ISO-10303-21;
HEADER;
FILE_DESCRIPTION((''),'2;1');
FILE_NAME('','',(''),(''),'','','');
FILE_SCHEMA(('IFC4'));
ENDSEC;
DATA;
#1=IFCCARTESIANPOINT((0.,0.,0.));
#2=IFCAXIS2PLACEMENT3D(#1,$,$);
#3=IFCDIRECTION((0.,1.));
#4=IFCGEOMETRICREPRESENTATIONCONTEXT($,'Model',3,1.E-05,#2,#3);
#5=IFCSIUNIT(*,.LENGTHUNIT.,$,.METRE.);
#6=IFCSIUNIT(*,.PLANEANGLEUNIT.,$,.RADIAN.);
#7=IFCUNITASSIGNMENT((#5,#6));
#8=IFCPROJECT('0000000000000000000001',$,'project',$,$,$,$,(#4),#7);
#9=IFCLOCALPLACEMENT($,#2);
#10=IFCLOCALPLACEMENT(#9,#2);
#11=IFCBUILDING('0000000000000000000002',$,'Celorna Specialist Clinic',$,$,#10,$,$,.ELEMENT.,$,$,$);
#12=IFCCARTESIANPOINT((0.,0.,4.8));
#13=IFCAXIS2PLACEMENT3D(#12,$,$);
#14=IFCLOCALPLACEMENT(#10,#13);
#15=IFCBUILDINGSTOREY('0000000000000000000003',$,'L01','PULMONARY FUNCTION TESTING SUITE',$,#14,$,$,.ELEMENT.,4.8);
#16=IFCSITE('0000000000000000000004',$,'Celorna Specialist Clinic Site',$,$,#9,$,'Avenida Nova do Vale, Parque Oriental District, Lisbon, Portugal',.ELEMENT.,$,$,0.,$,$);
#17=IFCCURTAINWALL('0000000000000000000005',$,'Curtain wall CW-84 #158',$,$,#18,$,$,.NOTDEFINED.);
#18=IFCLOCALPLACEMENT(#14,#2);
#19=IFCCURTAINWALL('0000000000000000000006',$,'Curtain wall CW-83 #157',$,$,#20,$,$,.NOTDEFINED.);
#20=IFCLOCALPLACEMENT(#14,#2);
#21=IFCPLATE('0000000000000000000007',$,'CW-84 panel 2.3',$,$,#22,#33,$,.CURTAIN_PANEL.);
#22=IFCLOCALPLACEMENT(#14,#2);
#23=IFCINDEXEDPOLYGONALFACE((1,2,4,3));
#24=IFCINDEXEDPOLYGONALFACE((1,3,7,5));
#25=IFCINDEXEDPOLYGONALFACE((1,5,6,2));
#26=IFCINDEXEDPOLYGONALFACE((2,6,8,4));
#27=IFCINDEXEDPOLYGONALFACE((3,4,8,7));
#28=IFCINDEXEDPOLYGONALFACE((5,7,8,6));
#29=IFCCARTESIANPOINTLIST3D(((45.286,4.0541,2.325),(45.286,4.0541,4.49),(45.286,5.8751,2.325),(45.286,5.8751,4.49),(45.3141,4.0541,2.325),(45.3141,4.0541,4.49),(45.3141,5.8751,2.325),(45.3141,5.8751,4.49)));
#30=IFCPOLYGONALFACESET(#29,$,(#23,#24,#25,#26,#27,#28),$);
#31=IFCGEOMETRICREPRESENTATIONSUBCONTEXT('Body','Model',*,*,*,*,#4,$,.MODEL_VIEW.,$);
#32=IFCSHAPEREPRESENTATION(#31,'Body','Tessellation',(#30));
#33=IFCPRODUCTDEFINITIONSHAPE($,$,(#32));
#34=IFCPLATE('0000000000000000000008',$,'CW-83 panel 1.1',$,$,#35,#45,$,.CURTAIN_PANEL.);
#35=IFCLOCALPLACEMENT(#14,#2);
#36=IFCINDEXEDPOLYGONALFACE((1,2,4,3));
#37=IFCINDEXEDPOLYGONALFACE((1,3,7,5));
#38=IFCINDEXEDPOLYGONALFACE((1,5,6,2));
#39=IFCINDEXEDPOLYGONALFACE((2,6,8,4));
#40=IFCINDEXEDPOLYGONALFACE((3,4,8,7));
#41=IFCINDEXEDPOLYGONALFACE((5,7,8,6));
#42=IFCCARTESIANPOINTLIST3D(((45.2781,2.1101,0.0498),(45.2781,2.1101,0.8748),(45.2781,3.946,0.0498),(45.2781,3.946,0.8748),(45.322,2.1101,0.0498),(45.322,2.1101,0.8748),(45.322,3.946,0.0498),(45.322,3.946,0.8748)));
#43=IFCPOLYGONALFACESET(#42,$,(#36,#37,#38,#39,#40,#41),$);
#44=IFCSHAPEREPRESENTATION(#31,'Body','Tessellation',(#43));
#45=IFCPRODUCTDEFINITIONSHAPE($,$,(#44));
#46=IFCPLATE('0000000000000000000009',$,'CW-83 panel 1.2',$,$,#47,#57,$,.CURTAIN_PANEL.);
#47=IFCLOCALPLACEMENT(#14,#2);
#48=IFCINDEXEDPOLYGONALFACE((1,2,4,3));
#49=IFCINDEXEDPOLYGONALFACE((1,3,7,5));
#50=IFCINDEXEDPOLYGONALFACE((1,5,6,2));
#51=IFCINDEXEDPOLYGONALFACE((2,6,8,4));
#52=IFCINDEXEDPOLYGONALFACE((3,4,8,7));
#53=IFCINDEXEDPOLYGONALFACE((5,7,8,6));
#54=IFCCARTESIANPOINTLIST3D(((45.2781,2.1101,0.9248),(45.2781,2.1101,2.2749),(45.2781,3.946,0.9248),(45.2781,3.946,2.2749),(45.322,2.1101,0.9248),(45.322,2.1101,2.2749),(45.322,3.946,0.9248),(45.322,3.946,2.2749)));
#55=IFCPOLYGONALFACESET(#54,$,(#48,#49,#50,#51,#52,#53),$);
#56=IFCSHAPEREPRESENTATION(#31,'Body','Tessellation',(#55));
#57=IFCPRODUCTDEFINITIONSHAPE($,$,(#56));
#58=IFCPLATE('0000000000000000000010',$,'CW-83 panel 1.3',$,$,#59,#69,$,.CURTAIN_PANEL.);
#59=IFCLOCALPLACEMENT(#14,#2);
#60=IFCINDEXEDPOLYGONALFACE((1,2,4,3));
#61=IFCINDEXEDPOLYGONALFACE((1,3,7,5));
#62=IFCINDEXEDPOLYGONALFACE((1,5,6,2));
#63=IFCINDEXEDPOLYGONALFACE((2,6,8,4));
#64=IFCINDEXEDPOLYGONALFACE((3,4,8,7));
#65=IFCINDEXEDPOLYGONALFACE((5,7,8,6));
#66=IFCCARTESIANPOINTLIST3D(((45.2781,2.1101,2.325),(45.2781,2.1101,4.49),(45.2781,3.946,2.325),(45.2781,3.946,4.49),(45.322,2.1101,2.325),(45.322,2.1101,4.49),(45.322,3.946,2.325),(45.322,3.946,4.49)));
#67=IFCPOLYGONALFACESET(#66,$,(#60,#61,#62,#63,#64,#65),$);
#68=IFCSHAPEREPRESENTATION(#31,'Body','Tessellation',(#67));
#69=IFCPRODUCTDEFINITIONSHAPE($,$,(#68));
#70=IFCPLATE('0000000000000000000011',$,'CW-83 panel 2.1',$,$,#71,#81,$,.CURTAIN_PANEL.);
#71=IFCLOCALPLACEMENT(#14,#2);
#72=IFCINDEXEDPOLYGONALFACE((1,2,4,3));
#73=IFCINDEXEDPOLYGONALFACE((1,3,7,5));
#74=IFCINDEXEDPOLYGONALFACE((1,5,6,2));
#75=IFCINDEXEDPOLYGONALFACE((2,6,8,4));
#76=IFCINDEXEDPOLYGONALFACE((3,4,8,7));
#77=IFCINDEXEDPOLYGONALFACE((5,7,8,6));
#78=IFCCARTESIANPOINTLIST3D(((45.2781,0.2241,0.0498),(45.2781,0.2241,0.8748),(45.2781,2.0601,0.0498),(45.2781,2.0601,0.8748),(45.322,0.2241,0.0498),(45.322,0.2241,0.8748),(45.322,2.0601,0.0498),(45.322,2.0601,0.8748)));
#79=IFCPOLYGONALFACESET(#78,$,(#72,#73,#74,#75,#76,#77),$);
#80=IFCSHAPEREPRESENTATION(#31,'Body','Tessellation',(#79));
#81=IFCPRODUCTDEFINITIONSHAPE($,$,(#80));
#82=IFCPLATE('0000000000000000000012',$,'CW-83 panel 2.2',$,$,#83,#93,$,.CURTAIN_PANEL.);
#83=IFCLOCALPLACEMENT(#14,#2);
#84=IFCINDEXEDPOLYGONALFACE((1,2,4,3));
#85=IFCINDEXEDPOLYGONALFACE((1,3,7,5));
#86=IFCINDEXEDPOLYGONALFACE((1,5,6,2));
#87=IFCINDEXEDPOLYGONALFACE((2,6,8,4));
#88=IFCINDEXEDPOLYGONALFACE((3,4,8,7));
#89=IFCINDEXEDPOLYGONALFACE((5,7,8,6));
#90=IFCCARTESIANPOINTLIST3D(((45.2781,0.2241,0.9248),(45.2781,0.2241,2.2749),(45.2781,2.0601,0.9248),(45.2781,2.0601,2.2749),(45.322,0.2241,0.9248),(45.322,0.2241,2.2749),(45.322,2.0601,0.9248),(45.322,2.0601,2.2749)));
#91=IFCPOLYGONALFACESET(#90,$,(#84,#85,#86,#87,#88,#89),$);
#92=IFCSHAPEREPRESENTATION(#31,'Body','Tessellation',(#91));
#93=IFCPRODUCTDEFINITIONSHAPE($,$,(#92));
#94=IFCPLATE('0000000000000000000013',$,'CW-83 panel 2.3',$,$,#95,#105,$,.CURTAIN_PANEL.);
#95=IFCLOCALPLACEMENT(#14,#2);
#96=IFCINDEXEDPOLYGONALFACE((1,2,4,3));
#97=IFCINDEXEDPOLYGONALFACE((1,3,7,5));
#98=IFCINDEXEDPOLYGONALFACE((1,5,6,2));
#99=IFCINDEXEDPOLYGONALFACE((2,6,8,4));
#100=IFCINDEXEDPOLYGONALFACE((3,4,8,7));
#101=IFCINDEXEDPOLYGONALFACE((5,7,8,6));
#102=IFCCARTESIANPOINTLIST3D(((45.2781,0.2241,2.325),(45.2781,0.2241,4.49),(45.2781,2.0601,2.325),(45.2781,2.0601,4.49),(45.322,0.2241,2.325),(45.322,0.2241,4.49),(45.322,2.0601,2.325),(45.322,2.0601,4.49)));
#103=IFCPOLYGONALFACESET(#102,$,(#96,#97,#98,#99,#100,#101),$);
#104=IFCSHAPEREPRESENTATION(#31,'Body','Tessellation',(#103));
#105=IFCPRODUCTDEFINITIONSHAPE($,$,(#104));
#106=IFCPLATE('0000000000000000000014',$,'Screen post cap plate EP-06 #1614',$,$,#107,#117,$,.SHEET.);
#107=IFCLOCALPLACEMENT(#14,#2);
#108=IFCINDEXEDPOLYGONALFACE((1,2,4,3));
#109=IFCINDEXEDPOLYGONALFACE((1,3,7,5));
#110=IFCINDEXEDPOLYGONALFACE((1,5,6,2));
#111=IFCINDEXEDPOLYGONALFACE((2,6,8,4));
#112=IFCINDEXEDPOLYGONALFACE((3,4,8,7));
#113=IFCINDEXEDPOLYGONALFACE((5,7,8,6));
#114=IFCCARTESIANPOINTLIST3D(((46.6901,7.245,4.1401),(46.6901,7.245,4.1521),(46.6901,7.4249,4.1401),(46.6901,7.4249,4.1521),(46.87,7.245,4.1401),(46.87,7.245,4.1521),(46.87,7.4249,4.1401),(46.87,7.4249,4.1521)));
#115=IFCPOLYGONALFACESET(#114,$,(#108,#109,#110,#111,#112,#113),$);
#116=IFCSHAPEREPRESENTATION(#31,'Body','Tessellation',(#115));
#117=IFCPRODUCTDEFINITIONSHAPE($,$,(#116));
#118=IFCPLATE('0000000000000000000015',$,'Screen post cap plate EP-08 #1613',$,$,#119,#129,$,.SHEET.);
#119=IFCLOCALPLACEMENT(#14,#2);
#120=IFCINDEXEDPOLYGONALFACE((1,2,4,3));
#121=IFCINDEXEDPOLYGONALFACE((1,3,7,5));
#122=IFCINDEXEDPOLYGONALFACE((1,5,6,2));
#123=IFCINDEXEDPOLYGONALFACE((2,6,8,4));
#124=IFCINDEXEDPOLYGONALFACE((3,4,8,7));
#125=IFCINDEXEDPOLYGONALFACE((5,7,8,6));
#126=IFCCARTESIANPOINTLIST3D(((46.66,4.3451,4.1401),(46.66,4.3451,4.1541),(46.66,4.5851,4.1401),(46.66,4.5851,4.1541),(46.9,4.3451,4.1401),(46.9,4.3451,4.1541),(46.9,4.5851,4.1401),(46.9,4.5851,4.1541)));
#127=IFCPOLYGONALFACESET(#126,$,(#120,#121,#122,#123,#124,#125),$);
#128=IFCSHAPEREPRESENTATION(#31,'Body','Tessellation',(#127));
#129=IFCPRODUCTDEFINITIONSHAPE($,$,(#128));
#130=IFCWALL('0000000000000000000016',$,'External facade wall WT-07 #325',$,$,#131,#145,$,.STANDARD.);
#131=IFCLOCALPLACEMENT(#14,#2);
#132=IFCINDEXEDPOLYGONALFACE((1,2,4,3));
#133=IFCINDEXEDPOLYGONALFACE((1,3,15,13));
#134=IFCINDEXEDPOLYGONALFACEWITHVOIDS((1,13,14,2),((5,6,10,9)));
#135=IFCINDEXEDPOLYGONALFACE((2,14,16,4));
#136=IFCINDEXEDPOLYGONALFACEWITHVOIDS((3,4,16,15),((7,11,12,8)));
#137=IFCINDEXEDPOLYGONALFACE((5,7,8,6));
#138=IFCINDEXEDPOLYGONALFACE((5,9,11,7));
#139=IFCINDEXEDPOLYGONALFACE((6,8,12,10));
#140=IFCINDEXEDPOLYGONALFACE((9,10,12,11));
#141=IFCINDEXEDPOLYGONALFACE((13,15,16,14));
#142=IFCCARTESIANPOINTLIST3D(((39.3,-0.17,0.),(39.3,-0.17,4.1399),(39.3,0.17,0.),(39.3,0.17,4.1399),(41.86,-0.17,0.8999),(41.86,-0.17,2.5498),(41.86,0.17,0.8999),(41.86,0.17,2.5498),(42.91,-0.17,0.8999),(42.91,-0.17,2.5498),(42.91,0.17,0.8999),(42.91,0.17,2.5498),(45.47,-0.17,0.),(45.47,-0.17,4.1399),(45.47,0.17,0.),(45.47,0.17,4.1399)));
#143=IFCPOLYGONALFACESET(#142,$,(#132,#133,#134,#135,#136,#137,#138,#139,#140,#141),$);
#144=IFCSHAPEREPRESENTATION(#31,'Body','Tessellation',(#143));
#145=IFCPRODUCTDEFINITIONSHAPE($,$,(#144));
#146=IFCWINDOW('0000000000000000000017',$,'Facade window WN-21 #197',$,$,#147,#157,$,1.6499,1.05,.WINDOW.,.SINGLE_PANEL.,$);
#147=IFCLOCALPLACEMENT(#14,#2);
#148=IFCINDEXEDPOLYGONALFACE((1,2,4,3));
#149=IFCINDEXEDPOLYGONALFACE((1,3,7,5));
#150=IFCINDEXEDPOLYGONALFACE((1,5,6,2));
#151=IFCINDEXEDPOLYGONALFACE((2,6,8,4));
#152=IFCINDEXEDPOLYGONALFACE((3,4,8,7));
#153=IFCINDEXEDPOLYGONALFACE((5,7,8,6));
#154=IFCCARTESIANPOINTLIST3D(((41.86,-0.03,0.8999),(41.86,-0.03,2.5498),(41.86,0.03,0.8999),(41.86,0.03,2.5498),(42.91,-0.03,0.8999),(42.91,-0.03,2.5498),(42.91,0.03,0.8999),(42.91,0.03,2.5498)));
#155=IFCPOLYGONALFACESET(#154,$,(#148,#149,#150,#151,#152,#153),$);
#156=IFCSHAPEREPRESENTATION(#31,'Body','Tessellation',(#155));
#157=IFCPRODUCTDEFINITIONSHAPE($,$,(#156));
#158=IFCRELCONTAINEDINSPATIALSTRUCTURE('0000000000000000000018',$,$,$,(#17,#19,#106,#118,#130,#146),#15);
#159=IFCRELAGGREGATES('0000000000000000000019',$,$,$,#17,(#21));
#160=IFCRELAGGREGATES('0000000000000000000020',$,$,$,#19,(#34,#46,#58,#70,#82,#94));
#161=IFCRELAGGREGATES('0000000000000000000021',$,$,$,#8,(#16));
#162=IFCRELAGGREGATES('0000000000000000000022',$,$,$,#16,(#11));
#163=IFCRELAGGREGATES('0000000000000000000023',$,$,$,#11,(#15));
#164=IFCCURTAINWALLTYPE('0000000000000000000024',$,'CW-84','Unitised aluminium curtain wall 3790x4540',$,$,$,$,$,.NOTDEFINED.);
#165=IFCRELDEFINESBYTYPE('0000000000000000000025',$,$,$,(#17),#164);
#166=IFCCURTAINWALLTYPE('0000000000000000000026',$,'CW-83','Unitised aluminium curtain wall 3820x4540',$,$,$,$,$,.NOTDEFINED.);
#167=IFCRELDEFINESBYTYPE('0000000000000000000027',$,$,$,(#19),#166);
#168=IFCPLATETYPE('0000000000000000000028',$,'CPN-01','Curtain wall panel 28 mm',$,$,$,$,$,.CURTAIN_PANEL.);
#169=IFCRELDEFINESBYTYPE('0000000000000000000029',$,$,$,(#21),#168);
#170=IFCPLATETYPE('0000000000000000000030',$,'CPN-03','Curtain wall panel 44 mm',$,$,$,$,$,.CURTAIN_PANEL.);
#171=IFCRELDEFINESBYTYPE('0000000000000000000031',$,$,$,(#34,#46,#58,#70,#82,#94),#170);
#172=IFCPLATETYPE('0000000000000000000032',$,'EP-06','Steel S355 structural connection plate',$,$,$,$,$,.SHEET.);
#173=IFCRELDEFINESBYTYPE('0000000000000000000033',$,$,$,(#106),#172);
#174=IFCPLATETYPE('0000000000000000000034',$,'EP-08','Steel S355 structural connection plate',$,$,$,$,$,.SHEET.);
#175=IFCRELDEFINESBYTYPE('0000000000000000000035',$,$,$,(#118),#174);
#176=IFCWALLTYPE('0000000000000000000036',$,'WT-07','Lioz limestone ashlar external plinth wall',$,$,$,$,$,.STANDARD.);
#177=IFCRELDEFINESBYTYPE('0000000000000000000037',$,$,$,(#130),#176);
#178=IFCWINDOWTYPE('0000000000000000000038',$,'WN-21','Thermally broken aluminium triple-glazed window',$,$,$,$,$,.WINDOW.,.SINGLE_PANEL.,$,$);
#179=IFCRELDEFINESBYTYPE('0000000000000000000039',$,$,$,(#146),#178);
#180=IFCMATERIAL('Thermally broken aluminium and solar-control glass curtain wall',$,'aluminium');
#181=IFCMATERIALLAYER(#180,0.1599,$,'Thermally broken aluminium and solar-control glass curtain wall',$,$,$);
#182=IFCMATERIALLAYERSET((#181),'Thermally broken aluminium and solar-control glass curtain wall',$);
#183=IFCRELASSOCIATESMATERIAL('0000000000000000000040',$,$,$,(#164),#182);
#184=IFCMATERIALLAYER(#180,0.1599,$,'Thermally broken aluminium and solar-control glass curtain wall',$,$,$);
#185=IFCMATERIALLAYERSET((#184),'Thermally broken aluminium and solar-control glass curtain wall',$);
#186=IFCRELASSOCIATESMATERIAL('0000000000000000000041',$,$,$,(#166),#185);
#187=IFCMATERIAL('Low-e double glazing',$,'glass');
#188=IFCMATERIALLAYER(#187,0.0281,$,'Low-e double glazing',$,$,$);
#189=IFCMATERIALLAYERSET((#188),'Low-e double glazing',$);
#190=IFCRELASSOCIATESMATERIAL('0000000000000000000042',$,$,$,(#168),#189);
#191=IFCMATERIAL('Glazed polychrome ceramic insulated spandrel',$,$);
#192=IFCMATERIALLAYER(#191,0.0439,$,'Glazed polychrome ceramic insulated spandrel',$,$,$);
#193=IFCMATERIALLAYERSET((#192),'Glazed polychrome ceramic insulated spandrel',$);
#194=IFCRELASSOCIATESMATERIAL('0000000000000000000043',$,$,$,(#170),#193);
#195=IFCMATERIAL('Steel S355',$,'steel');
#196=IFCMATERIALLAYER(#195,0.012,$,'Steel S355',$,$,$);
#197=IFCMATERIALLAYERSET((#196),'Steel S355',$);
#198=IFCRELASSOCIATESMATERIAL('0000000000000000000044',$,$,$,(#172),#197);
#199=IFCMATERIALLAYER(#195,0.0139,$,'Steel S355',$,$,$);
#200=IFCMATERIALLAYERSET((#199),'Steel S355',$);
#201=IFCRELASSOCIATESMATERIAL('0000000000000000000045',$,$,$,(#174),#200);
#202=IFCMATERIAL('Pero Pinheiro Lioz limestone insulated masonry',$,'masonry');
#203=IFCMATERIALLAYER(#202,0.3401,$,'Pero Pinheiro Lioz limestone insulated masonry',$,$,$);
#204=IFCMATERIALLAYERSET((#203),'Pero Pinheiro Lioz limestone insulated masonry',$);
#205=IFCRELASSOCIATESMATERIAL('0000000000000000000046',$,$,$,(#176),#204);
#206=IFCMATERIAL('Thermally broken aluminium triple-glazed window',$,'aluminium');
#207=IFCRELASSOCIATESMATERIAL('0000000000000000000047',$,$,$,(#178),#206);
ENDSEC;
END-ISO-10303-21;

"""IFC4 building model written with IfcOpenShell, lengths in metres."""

from ifc_helpers import new_model, si_unit, direction, frame, frame_2d, origin, origin_2d, place, context, subcontext, project, spatial, rectangle, extrude, material, layer, layer_set, type_object, element, fill, aggregate, save


model = new_model("IFC4")

# Units and contexts
model_context = context("Model", 3, precision=1e-05, world=origin(), true_north=direction((0.0, 1.0)))
body_context = subcontext(model_context, "Body", "Model", "MODEL_VIEW")
ifc_project = project(units=[si_unit("LENGTHUNIT", "METRE"), si_unit("PLANEANGLEUNIT", "RADIAN")], contexts=[model_context])

# Site, building, storey
site_placement = place(None, origin())
site = spatial("IfcSite", under=ifc_project, at=site_placement, Name="Celorna Specialist Clinic Site", LongName="Avenida Nova do Vale, Parque Oriental District, Lisbon, Portugal", CompositionType="ELEMENT", RefElevation=0.0)
building_placement = place(site_placement, origin())
building = spatial("IfcBuilding", under=site, at=building_placement, Name="Celorna Specialist Clinic", CompositionType="ELEMENT")
storey_placement = place(building_placement, frame((0.0, 0.0, 4.8)))
storey = spatial("IfcBuildingStorey", under=building, at=storey_placement, Name="L01", Description="PULMONARY FUNCTION TESTING SUITE", CompositionType="ELEMENT", Elevation=4.8)

# Shared definitions
ifc_material_1 = material(Name="Steel S355", Category="steel")

# Curtain walls
ifc_material_2 = material(Name="Thermally broken aluminium and solar-control glass curtain wall", Category="aluminium")
ifc_layer_1 = layer(ifc_material_2, 0.1599, Name="Thermally broken aluminium and solar-control glass curtain wall")
ifc_layer_set_1 = layer_set([ifc_layer_1], Name="Thermally broken aluminium and solar-control glass curtain wall")
curtain_wall_type_1 = type_object("IfcCurtainWallType", Name="CW-84", Description="Unitised aluminium curtain wall 3790x4540", PredefinedType="NOTDEFINED", material=ifc_layer_set_1)
curtain_wall_1_placement = place(storey_placement, origin())
curtain_wall_1 = element("IfcCurtainWall", 1, at=curtain_wall_1_placement, inside=storey, type_object=curtain_wall_type_1, Name="Curtain wall CW-84 #158", PredefinedType="NOTDEFINED")
ifc_layer_2 = layer(ifc_material_2, 0.1599, Name="Thermally broken aluminium and solar-control glass curtain wall")
ifc_layer_set_2 = layer_set([ifc_layer_2], Name="Thermally broken aluminium and solar-control glass curtain wall")
curtain_wall_type_2 = type_object("IfcCurtainWallType", Name="CW-83", Description="Unitised aluminium curtain wall 3820x4540", PredefinedType="NOTDEFINED", material=ifc_layer_set_2)
curtain_wall_2_placement = place(storey_placement, origin())
curtain_wall_2 = element("IfcCurtainWall", 2, at=curtain_wall_2_placement, inside=storey, type_object=curtain_wall_type_2, Name="Curtain wall CW-83 #157", PredefinedType="NOTDEFINED")

# Plates
ifc_material_3 = material(Name="Low-e double glazing", Category="glass")
ifc_layer_3 = layer(ifc_material_3, 0.0281, Name="Low-e double glazing")
ifc_layer_set_3 = layer_set([ifc_layer_3], Name="Low-e double glazing")
plate_type_1 = type_object("IfcPlateType", Name="CPN-01", Description="Curtain wall panel 28 mm", PredefinedType="CURTAIN_PANEL", material=ifc_layer_set_3)
plate_1_placement = place(storey_placement, frame((45.3, 4.9646, 2.325), z_axis=(0.0, 0.0, 1.0), x_axis=(0.0, -1.0, 0.0)))
plate_1 = element("IfcPlate", 3, at=plate_1_placement, type_object=plate_type_1, Name="CW-84 panel 2.3", PredefinedType="CURTAIN_PANEL", context=body_context, shape_type="SweptSolid", body=[
    extrude(rectangle(XDim=1.821, YDim=0.0281, at=origin_2d()), origin(), (0.0, 0.0, 1.0), 2.165),
])
aggregate(curtain_wall_1, [plate_1])
ifc_material_4 = material(Name="Glazed polychrome ceramic insulated spandrel")
ifc_layer_4 = layer(ifc_material_4, 0.0439, Name="Glazed polychrome ceramic insulated spandrel")
ifc_layer_set_4 = layer_set([ifc_layer_4], Name="Glazed polychrome ceramic insulated spandrel")
plate_type_2 = type_object("IfcPlateType", Name="CPN-03", Description="Curtain wall panel 44 mm", PredefinedType="CURTAIN_PANEL", material=ifc_layer_set_4)
plate_2_placement = place(storey_placement, frame((45.3, 3.0281, 0.0498), z_axis=(0.0, 0.0, 1.0), x_axis=(0.0, -1.0, 0.0)))
plate_2 = element("IfcPlate", 4, at=plate_2_placement, type_object=plate_type_2, Name="CW-83 panel 1.1", PredefinedType="CURTAIN_PANEL", context=body_context, shape_type="SweptSolid", body=[
    extrude(rectangle(XDim=1.8359, YDim=0.0439, at=origin_2d()), origin(), (0.0, 0.0, 1.0), 0.825),
])
plate_3_placement = place(storey_placement, frame((45.3, 3.0281, 0.9248), z_axis=(0.0, 0.0, 1.0), x_axis=(0.0, -1.0, 0.0)))
plate_3 = element("IfcPlate", 5, at=plate_3_placement, type_object=plate_type_2, Name="CW-83 panel 1.2", PredefinedType="CURTAIN_PANEL", context=body_context, shape_type="SweptSolid", body=[
    extrude(rectangle(XDim=1.8359, YDim=0.0439, at=origin_2d()), origin(), (0.0, 0.0, 1.0), 1.3501),
])
plate_4_placement = place(storey_placement, frame((45.3, 3.0281, 2.325), z_axis=(0.0, 0.0, 1.0), x_axis=(0.0, -1.0, 0.0)))
plate_4 = element("IfcPlate", 6, at=plate_4_placement, type_object=plate_type_2, Name="CW-83 panel 1.3", PredefinedType="CURTAIN_PANEL", context=body_context, shape_type="SweptSolid", body=[
    extrude(rectangle(XDim=1.8359, YDim=0.0439, at=origin_2d()), origin(), (0.0, 0.0, 1.0), 2.165),
])
plate_5_placement = place(storey_placement, frame((45.3, 1.1421, 0.0498), z_axis=(0.0, 0.0, 1.0), x_axis=(0.0, -1.0, 0.0)))
plate_5 = element("IfcPlate", 7, at=plate_5_placement, type_object=plate_type_2, Name="CW-83 panel 2.1", PredefinedType="CURTAIN_PANEL", context=body_context, shape_type="SweptSolid", body=[
    extrude(rectangle(XDim=1.8359, YDim=0.0439, at=origin_2d()), origin(), (0.0, 0.0, 1.0), 0.825),
])
plate_6_placement = place(storey_placement, frame((45.3, 1.1421, 0.9248), z_axis=(0.0, 0.0, 1.0), x_axis=(0.0, -1.0, 0.0)))
plate_6 = element("IfcPlate", 8, at=plate_6_placement, type_object=plate_type_2, Name="CW-83 panel 2.2", PredefinedType="CURTAIN_PANEL", context=body_context, shape_type="SweptSolid", body=[
    extrude(rectangle(XDim=1.8359, YDim=0.0439, at=origin_2d()), origin(), (0.0, 0.0, 1.0), 1.3501),
])
plate_7_placement = place(storey_placement, frame((45.3, 1.1421, 2.325), z_axis=(0.0, 0.0, 1.0), x_axis=(0.0, -1.0, 0.0)))
plate_7 = element("IfcPlate", 9, at=plate_7_placement, type_object=plate_type_2, Name="CW-83 panel 2.3", PredefinedType="CURTAIN_PANEL", context=body_context, shape_type="SweptSolid", body=[
    extrude(rectangle(XDim=1.8359, YDim=0.0439, at=origin_2d()), origin(), (0.0, 0.0, 1.0), 2.165),
])
aggregate(curtain_wall_2, [plate_2, plate_3, plate_4, plate_5, plate_6, plate_7])

# Plates
ifc_layer_5 = layer(ifc_material_1, 0.012, Name="Steel S355")
ifc_layer_set_5 = layer_set([ifc_layer_5], Name="Steel S355")
plate_type_3 = type_object("IfcPlateType", Name="EP-06", Description="Steel S355 structural connection plate", PredefinedType="SHEET", material=ifc_layer_set_5)
plate_8_placement = place(storey_placement, frame((46.78, 7.335, 4.1401), z_axis=(0.0, 0.0, 1.0), x_axis=(0.0, 1.0, 0.0)))
element("IfcPlate", 10, at=plate_8_placement, inside=storey, type_object=plate_type_3, Name="Screen post cap plate EP-06 #1614", PredefinedType="SHEET", context=body_context, shape_type="SweptSolid", body=[
    extrude(rectangle(XDim=0.1799, YDim=0.1799, at=origin_2d()), origin(), (0.0, 0.0, 1.0), 0.012),
])
ifc_layer_6 = layer(ifc_material_1, 0.0139, Name="Steel S355")
ifc_layer_set_6 = layer_set([ifc_layer_6], Name="Steel S355")
plate_type_4 = type_object("IfcPlateType", Name="EP-08", Description="Steel S355 structural connection plate", PredefinedType="SHEET", material=ifc_layer_set_6)
plate_9_placement = place(storey_placement, frame((46.78, 4.4651, 4.1401), z_axis=(0.0, 0.0, 1.0), x_axis=(0.0, 1.0, 0.0)))
element("IfcPlate", 11, at=plate_9_placement, inside=storey, type_object=plate_type_4, Name="Screen post cap plate EP-08 #1613", PredefinedType="SHEET", context=body_context, shape_type="SweptSolid", body=[
    extrude(rectangle(XDim=0.24, YDim=0.24, at=origin_2d()), origin(), (0.0, 0.0, 1.0), 0.0139),
])

# Wall, opening, window
ifc_material_5 = material(Name="Pero Pinheiro Lioz limestone insulated masonry", Category="masonry")
ifc_layer_7 = layer(ifc_material_5, 0.3401, Name="Pero Pinheiro Lioz limestone insulated masonry")
ifc_layer_set_7 = layer_set([ifc_layer_7], Name="Pero Pinheiro Lioz limestone insulated masonry")
wall_type = type_object("IfcWallType", Name="WT-07", Description="Lioz limestone ashlar external plinth wall", PredefinedType="STANDARD", material=ifc_layer_set_7)
wall_placement = place(storey_placement, frame((45.47, 0.0, 0.0), z_axis=(0.0, 0.0, 1.0), x_axis=(-1.0, 0.0, 0.0)))
wall = element("IfcWall", 12, at=wall_placement, inside=storey, type_object=wall_type, Name="External facade wall WT-07 #325", PredefinedType="STANDARD", context=body_context, shape_type="SweptSolid", body=[
    extrude(rectangle(XDim=6.1699, YDim=0.3401, at=frame_2d((3.085, 0.0))), origin(), (0.0, 0.0, 1.0), 4.1399),
])
opening_placement = place(wall_placement, frame((2.5601, 0.0, 0.8999)))
opening = element("IfcOpeningElement", 13, at=opening_placement, cuts=wall, PredefinedType="OPENING", context=body_context, shape_type="SweptSolid", body=[
    extrude(rectangle(XDim=1.05, YDim=1.6499, at=frame_2d((0.5249, 0.825))), frame((0.0, 0.1799, 0.0), z_axis=(0.0, -1.0, 0.0), x_axis=(1.0, 0.0, 0.0)), (0.0, 0.0, 1.0), 0.3601),
])
ifc_material_6 = material(Name="Thermally broken aluminium triple-glazed window", Category="aluminium")
window_type = type_object("IfcWindowType", Name="WN-21", Description="Thermally broken aluminium triple-glazed window", PartitioningType="SINGLE_PANEL", PredefinedType="WINDOW", material=ifc_material_6)
window_placement = place(opening_placement, origin())
window = element("IfcWindow", 14, at=window_placement, inside=storey, type_object=window_type, Name="Facade window WN-21 #197", OverallHeight=1.6499, OverallWidth=1.05, PartitioningType="SINGLE_PANEL", PredefinedType="WINDOW", context=body_context, shape_type="SweptSolid", body=[
    extrude(rectangle(XDim=1.05, YDim=1.6499, at=frame_2d((0.5249, 0.825))), frame((0.0, 0.03, 0.0), z_axis=(0.0, -1.0, 0.0), x_axis=(1.0, 0.0, 0.0)), (0.0, 0.0, 1.0), 0.0601),
])
fill(opening, window)

save(model, "model.ifc")
